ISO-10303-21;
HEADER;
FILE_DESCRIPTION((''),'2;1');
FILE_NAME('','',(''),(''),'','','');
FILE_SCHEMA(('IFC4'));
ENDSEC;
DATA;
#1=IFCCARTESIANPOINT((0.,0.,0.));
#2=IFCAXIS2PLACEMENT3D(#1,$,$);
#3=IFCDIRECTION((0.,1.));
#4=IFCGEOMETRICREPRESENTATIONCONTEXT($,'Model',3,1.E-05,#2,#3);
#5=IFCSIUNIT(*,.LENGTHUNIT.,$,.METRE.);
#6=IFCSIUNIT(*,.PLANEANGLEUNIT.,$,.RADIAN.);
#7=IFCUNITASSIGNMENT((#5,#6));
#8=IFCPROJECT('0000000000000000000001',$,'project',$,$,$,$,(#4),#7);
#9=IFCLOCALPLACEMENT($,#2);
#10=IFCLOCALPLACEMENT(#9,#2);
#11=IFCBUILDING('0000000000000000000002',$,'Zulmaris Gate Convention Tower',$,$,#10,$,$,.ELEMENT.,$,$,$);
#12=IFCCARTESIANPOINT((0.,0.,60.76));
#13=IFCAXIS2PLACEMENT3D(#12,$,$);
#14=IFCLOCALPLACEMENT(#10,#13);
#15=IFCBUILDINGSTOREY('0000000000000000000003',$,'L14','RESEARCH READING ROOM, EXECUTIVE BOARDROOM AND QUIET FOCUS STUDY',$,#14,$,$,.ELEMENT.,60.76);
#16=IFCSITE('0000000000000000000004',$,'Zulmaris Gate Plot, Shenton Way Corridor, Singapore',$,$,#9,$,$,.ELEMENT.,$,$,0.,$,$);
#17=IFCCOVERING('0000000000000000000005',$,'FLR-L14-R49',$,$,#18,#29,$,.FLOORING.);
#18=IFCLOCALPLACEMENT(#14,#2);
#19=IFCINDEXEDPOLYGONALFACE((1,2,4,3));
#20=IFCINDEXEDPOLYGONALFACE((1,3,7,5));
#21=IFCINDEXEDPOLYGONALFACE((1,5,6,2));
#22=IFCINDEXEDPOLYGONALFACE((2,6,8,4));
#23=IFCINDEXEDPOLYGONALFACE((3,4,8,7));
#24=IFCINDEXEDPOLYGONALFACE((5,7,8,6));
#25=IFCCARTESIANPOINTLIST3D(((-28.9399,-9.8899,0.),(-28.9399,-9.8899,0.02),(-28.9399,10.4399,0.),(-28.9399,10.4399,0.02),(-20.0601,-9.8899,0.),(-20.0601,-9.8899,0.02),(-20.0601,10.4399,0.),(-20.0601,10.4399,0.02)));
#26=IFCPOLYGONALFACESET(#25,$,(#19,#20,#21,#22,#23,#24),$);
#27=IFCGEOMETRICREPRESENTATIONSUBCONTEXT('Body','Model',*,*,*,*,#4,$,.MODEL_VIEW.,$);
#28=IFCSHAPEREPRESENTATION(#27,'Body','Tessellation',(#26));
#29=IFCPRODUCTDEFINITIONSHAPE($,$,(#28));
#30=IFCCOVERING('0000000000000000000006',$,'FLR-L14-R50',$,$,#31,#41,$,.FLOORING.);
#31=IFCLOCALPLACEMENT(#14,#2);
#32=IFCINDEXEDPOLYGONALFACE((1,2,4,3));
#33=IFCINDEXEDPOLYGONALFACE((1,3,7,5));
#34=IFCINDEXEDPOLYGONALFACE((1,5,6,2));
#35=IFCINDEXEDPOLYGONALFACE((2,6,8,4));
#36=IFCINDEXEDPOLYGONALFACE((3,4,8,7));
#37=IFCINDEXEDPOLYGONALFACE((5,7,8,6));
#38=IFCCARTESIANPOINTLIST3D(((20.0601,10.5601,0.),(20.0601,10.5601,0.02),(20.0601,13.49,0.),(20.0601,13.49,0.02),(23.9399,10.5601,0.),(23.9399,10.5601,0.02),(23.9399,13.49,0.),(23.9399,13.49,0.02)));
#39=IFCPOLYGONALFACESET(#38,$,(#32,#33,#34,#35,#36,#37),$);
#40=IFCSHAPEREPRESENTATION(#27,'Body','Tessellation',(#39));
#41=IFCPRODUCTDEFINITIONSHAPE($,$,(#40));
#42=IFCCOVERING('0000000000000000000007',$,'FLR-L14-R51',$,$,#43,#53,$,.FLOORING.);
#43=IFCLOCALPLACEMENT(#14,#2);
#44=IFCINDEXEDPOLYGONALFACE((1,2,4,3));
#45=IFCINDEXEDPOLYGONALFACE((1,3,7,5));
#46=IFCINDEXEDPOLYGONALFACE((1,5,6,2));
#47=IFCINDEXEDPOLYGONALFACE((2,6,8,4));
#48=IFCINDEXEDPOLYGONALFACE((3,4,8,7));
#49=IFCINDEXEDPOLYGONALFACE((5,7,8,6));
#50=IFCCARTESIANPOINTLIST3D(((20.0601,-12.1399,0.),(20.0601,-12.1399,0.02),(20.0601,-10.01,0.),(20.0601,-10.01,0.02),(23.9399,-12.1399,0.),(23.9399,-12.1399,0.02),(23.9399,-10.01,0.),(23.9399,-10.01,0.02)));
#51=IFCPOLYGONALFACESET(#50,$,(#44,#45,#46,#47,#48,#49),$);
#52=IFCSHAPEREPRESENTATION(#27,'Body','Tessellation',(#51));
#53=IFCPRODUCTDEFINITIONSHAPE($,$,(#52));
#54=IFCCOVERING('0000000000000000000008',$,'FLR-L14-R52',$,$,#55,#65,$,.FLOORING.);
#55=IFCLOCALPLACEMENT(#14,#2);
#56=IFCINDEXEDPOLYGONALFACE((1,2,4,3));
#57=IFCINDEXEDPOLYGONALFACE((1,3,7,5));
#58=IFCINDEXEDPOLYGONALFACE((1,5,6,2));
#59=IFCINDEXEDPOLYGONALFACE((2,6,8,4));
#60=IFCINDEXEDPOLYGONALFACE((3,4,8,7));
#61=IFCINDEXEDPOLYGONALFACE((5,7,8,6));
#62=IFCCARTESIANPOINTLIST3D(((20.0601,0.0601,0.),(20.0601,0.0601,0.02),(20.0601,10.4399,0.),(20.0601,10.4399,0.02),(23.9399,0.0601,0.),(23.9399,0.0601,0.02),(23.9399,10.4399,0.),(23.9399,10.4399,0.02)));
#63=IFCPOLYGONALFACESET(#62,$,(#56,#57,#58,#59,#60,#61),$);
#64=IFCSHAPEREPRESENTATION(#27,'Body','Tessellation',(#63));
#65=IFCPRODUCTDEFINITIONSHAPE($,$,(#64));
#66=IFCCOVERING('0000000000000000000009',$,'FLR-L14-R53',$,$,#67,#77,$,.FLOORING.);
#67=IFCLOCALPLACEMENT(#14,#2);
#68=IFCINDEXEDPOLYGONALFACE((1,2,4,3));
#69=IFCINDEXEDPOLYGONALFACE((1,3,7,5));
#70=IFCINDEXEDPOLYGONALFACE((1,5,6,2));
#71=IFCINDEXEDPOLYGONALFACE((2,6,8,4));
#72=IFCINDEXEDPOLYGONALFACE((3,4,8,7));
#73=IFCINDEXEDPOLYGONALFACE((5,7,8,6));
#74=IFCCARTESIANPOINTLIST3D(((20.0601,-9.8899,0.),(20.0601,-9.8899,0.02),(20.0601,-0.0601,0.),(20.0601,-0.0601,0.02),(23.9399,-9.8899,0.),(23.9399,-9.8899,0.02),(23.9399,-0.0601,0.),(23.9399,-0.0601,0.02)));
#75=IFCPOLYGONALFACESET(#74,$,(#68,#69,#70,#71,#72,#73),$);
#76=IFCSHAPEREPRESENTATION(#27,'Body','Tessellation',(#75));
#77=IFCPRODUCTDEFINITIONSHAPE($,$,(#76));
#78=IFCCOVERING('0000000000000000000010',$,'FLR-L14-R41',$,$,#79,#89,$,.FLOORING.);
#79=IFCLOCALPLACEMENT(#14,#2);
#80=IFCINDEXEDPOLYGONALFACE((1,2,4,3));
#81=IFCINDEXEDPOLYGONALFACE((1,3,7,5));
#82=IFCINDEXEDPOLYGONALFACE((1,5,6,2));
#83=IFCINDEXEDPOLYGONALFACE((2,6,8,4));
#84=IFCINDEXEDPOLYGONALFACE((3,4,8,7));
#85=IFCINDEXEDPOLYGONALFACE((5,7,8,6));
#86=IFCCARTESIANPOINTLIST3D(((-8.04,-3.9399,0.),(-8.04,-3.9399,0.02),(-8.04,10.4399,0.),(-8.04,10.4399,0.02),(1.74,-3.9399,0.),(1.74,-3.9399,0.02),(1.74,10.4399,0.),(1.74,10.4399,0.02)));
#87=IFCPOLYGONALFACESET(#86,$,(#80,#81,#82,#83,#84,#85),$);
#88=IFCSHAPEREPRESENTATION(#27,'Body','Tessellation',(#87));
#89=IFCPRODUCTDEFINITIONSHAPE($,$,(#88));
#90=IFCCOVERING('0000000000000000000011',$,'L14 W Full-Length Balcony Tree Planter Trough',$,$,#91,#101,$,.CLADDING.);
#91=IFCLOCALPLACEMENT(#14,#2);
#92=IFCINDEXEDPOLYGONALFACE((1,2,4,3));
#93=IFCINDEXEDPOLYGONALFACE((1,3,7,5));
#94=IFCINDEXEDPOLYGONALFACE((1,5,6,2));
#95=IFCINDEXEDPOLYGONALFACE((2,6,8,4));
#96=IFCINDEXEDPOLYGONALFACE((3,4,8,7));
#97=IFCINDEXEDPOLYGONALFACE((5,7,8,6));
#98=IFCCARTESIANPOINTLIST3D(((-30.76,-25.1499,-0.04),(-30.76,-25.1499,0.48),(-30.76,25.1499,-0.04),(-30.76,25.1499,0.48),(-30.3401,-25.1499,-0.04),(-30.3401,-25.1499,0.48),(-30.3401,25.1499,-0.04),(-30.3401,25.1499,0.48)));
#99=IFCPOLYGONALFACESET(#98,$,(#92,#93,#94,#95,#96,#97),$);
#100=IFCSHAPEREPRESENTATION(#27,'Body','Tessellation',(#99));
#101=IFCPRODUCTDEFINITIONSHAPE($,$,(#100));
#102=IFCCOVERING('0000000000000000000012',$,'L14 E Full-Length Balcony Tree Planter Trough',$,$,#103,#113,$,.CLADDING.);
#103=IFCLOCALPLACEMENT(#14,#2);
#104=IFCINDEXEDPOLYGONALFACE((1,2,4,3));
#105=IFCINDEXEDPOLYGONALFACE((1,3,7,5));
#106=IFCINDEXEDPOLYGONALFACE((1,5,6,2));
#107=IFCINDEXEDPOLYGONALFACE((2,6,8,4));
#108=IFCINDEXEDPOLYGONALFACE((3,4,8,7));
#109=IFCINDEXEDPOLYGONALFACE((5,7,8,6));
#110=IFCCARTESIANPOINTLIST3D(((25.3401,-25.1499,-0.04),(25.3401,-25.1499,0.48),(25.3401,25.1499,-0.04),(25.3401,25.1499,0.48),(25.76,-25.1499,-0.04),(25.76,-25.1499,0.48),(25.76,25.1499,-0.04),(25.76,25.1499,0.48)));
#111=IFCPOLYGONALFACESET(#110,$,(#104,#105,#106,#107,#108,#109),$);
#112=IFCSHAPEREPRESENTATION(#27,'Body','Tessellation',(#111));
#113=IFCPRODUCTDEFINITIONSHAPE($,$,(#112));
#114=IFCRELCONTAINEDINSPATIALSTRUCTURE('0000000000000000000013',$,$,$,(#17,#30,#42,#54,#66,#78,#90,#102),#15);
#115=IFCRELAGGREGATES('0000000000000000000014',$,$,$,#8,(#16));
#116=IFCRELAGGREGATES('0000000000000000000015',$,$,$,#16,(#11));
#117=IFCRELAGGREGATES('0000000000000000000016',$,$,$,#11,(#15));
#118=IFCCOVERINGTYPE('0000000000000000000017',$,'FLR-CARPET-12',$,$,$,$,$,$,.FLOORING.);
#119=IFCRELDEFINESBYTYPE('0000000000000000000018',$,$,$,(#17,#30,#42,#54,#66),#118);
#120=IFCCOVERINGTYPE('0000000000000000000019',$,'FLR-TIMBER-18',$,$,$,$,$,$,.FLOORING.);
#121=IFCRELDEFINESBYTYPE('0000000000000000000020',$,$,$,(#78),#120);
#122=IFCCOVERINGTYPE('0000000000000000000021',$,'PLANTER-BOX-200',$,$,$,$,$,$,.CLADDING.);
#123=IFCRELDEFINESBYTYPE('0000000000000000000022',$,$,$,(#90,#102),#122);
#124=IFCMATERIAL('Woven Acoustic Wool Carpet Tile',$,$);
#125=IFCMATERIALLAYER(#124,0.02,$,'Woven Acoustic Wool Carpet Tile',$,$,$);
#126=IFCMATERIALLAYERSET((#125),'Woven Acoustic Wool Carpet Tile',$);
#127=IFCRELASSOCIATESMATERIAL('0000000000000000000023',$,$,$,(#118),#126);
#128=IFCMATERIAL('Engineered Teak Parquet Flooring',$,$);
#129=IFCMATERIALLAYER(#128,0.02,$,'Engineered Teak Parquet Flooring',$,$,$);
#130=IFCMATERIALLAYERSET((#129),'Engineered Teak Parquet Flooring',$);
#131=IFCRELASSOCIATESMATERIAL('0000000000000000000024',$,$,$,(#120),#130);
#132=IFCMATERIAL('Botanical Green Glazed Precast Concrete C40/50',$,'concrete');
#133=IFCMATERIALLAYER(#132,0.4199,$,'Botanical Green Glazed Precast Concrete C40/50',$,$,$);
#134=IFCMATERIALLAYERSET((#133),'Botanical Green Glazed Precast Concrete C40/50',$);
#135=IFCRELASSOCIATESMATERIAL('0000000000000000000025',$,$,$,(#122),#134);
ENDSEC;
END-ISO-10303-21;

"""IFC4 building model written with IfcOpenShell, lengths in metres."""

from ifc_helpers import new_model, si_unit, direction, frame, origin, place, context, subcontext, project, spatial, polyline, outline, extrude, material, layer, layer_set, type_object, element, save


model = new_model("IFC4")

# Units and contexts
model_context = context("Model", 3, precision=1e-05, world=origin(), true_north=direction((0.0, 1.0)))
body_context = subcontext(model_context, "Body", "Model", "MODEL_VIEW")
ifc_project = project(units=[si_unit("LENGTHUNIT", "METRE"), si_unit("PLANEANGLEUNIT", "RADIAN")], contexts=[model_context])

# Site, building, storey
site_placement = place(None, origin())
site = spatial("IfcSite", under=ifc_project, at=site_placement, Name="Zulmaris Gate Plot, Shenton Way Corridor, Singapore", CompositionType="ELEMENT", RefElevation=0.0)
building_placement = place(site_placement, origin())
building = spatial("IfcBuilding", under=site, at=building_placement, Name="Zulmaris Gate Convention Tower", CompositionType="ELEMENT")
storey_placement = place(building_placement, frame((0.0, 0.0, 60.76)))
storey = spatial("IfcBuildingStorey", under=building, at=storey_placement, Name="L14", Description="RESEARCH READING ROOM, EXECUTIVE BOARDROOM AND QUIET FOCUS STUDY", CompositionType="ELEMENT", Elevation=60.76)

# Coverings
ifc_material_1 = material(Name="Woven Acoustic Wool Carpet Tile")
ifc_layer_1 = layer(ifc_material_1, 0.02, Name="Woven Acoustic Wool Carpet Tile")
ifc_layer_set_1 = layer_set([ifc_layer_1], Name="Woven Acoustic Wool Carpet Tile")
covering_type_1 = type_object("IfcCoveringType", Name="FLR-CARPET-12", PredefinedType="FLOORING", material=ifc_layer_set_1)
covering_1_placement = place(storey_placement, origin())
element("IfcCovering", 1, at=covering_1_placement, inside=storey, type_object=covering_type_1, Name="FLR-L14-R49", PredefinedType="FLOORING", context=body_context, shape_type="SweptSolid", body=[
    extrude(outline(polyline([(-28.9399, -9.8899), (-20.0601, -9.8899), (-20.0601, 10.4399), (-28.9399, 10.4399), (-28.9399, -9.8899)])), origin(), (0.0, 0.0, 1.0), 0.02),
])
covering_2_placement = place(storey_placement, origin())
element("IfcCovering", 2, at=covering_2_placement, inside=storey, type_object=covering_type_1, Name="FLR-L14-R50", PredefinedType="FLOORING", context=body_context, shape_type="SweptSolid", body=[
    extrude(outline(polyline([(20.0601, 10.5601), (23.9399, 10.5601), (23.9399, 13.49), (20.0601, 13.49), (20.0601, 10.5601)])), origin(), (0.0, 0.0, 1.0), 0.02),
])
covering_3_placement = place(storey_placement, origin())
element("IfcCovering", 3, at=covering_3_placement, inside=storey, type_object=covering_type_1, Name="FLR-L14-R51", PredefinedType="FLOORING", context=body_context, shape_type="SweptSolid", body=[
    extrude(outline(polyline([(20.0601, -12.1399), (23.9399, -12.1399), (23.9399, -10.01), (20.0601, -10.01), (20.0601, -12.1399)])), origin(), (0.0, 0.0, 1.0), 0.02),
])
covering_4_placement = place(storey_placement, origin())
element("IfcCovering", 4, at=covering_4_placement, inside=storey, type_object=covering_type_1, Name="FLR-L14-R52", PredefinedType="FLOORING", context=body_context, shape_type="SweptSolid", body=[
    extrude(outline(polyline([(20.0601, 0.0601), (23.9399, 0.0601), (23.9399, 10.4399), (20.0601, 10.4399), (20.0601, 0.0601)])), origin(), (0.0, 0.0, 1.0), 0.02),
])
covering_5_placement = place(storey_placement, origin())
element("IfcCovering", 5, at=covering_5_placement, inside=storey, type_object=covering_type_1, Name="FLR-L14-R53", PredefinedType="FLOORING", context=body_context, shape_type="SweptSolid", body=[
    extrude(outline(polyline([(20.0601, -9.8899), (23.9399, -9.8899), (23.9399, -0.0601), (20.0601, -0.0601), (20.0601, -9.8899)])), origin(), (0.0, 0.0, 1.0), 0.02),
])
ifc_material_2 = material(Name="Engineered Teak Parquet Flooring")
ifc_layer_2 = layer(ifc_material_2, 0.02, Name="Engineered Teak Parquet Flooring")
ifc_layer_set_2 = layer_set([ifc_layer_2], Name="Engineered Teak Parquet Flooring")
covering_type_2 = type_object("IfcCoveringType", Name="FLR-TIMBER-18", PredefinedType="FLOORING", material=ifc_layer_set_2)
covering_6_placement = place(storey_placement, origin())
element("IfcCovering", 6, at=covering_6_placement, inside=storey, type_object=covering_type_2, Name="FLR-L14-R41", PredefinedType="FLOORING", context=body_context, shape_type="SweptSolid", body=[
    extrude(outline(polyline([(-8.04, -3.9399), (1.74, -3.9399), (1.74, 10.4399), (-8.04, 10.4399), (-8.04, -3.9399)])), origin(), (0.0, 0.0, 1.0), 0.02),
])
ifc_material_3 = material(Name="Botanical Green Glazed Precast Concrete C40/50", Category="concrete")
ifc_layer_3 = layer(ifc_material_3, 0.4199, Name="Botanical Green Glazed Precast Concrete C40/50")
ifc_layer_set_3 = layer_set([ifc_layer_3], Name="Botanical Green Glazed Precast Concrete C40/50")
covering_type_3 = type_object("IfcCoveringType", Name="PLANTER-BOX-200", PredefinedType="CLADDING", material=ifc_layer_set_3)
covering_7_placement = place(storey_placement, frame((0.0, 0.0, -0.04)))
element("IfcCovering", 7, at=covering_7_placement, inside=storey, type_object=covering_type_3, Name="L14 W Full-Length Balcony Tree Planter Trough", PredefinedType="CLADDING", context=body_context, shape_type="SweptSolid", body=[
    extrude(outline(polyline([(-30.76, -25.1499), (-30.3401, -25.1499), (-30.3401, 25.1499), (-30.76, 25.1499), (-30.76, -25.1499)])), origin(), (0.0, 0.0, 1.0), 0.52),
])
covering_8_placement = place(storey_placement, frame((0.0, 0.0, -0.04)))
element("IfcCovering", 8, at=covering_8_placement, inside=storey, type_object=covering_type_3, Name="L14 E Full-Length Balcony Tree Planter Trough", PredefinedType="CLADDING", context=body_context, shape_type="SweptSolid", body=[
    extrude(outline(polyline([(25.3401, -25.1499), (25.76, -25.1499), (25.76, 25.1499), (25.3401, 25.1499), (25.3401, -25.1499)])), origin(), (0.0, 0.0, 1.0), 0.52),
])

save(model, "model.ifc")
